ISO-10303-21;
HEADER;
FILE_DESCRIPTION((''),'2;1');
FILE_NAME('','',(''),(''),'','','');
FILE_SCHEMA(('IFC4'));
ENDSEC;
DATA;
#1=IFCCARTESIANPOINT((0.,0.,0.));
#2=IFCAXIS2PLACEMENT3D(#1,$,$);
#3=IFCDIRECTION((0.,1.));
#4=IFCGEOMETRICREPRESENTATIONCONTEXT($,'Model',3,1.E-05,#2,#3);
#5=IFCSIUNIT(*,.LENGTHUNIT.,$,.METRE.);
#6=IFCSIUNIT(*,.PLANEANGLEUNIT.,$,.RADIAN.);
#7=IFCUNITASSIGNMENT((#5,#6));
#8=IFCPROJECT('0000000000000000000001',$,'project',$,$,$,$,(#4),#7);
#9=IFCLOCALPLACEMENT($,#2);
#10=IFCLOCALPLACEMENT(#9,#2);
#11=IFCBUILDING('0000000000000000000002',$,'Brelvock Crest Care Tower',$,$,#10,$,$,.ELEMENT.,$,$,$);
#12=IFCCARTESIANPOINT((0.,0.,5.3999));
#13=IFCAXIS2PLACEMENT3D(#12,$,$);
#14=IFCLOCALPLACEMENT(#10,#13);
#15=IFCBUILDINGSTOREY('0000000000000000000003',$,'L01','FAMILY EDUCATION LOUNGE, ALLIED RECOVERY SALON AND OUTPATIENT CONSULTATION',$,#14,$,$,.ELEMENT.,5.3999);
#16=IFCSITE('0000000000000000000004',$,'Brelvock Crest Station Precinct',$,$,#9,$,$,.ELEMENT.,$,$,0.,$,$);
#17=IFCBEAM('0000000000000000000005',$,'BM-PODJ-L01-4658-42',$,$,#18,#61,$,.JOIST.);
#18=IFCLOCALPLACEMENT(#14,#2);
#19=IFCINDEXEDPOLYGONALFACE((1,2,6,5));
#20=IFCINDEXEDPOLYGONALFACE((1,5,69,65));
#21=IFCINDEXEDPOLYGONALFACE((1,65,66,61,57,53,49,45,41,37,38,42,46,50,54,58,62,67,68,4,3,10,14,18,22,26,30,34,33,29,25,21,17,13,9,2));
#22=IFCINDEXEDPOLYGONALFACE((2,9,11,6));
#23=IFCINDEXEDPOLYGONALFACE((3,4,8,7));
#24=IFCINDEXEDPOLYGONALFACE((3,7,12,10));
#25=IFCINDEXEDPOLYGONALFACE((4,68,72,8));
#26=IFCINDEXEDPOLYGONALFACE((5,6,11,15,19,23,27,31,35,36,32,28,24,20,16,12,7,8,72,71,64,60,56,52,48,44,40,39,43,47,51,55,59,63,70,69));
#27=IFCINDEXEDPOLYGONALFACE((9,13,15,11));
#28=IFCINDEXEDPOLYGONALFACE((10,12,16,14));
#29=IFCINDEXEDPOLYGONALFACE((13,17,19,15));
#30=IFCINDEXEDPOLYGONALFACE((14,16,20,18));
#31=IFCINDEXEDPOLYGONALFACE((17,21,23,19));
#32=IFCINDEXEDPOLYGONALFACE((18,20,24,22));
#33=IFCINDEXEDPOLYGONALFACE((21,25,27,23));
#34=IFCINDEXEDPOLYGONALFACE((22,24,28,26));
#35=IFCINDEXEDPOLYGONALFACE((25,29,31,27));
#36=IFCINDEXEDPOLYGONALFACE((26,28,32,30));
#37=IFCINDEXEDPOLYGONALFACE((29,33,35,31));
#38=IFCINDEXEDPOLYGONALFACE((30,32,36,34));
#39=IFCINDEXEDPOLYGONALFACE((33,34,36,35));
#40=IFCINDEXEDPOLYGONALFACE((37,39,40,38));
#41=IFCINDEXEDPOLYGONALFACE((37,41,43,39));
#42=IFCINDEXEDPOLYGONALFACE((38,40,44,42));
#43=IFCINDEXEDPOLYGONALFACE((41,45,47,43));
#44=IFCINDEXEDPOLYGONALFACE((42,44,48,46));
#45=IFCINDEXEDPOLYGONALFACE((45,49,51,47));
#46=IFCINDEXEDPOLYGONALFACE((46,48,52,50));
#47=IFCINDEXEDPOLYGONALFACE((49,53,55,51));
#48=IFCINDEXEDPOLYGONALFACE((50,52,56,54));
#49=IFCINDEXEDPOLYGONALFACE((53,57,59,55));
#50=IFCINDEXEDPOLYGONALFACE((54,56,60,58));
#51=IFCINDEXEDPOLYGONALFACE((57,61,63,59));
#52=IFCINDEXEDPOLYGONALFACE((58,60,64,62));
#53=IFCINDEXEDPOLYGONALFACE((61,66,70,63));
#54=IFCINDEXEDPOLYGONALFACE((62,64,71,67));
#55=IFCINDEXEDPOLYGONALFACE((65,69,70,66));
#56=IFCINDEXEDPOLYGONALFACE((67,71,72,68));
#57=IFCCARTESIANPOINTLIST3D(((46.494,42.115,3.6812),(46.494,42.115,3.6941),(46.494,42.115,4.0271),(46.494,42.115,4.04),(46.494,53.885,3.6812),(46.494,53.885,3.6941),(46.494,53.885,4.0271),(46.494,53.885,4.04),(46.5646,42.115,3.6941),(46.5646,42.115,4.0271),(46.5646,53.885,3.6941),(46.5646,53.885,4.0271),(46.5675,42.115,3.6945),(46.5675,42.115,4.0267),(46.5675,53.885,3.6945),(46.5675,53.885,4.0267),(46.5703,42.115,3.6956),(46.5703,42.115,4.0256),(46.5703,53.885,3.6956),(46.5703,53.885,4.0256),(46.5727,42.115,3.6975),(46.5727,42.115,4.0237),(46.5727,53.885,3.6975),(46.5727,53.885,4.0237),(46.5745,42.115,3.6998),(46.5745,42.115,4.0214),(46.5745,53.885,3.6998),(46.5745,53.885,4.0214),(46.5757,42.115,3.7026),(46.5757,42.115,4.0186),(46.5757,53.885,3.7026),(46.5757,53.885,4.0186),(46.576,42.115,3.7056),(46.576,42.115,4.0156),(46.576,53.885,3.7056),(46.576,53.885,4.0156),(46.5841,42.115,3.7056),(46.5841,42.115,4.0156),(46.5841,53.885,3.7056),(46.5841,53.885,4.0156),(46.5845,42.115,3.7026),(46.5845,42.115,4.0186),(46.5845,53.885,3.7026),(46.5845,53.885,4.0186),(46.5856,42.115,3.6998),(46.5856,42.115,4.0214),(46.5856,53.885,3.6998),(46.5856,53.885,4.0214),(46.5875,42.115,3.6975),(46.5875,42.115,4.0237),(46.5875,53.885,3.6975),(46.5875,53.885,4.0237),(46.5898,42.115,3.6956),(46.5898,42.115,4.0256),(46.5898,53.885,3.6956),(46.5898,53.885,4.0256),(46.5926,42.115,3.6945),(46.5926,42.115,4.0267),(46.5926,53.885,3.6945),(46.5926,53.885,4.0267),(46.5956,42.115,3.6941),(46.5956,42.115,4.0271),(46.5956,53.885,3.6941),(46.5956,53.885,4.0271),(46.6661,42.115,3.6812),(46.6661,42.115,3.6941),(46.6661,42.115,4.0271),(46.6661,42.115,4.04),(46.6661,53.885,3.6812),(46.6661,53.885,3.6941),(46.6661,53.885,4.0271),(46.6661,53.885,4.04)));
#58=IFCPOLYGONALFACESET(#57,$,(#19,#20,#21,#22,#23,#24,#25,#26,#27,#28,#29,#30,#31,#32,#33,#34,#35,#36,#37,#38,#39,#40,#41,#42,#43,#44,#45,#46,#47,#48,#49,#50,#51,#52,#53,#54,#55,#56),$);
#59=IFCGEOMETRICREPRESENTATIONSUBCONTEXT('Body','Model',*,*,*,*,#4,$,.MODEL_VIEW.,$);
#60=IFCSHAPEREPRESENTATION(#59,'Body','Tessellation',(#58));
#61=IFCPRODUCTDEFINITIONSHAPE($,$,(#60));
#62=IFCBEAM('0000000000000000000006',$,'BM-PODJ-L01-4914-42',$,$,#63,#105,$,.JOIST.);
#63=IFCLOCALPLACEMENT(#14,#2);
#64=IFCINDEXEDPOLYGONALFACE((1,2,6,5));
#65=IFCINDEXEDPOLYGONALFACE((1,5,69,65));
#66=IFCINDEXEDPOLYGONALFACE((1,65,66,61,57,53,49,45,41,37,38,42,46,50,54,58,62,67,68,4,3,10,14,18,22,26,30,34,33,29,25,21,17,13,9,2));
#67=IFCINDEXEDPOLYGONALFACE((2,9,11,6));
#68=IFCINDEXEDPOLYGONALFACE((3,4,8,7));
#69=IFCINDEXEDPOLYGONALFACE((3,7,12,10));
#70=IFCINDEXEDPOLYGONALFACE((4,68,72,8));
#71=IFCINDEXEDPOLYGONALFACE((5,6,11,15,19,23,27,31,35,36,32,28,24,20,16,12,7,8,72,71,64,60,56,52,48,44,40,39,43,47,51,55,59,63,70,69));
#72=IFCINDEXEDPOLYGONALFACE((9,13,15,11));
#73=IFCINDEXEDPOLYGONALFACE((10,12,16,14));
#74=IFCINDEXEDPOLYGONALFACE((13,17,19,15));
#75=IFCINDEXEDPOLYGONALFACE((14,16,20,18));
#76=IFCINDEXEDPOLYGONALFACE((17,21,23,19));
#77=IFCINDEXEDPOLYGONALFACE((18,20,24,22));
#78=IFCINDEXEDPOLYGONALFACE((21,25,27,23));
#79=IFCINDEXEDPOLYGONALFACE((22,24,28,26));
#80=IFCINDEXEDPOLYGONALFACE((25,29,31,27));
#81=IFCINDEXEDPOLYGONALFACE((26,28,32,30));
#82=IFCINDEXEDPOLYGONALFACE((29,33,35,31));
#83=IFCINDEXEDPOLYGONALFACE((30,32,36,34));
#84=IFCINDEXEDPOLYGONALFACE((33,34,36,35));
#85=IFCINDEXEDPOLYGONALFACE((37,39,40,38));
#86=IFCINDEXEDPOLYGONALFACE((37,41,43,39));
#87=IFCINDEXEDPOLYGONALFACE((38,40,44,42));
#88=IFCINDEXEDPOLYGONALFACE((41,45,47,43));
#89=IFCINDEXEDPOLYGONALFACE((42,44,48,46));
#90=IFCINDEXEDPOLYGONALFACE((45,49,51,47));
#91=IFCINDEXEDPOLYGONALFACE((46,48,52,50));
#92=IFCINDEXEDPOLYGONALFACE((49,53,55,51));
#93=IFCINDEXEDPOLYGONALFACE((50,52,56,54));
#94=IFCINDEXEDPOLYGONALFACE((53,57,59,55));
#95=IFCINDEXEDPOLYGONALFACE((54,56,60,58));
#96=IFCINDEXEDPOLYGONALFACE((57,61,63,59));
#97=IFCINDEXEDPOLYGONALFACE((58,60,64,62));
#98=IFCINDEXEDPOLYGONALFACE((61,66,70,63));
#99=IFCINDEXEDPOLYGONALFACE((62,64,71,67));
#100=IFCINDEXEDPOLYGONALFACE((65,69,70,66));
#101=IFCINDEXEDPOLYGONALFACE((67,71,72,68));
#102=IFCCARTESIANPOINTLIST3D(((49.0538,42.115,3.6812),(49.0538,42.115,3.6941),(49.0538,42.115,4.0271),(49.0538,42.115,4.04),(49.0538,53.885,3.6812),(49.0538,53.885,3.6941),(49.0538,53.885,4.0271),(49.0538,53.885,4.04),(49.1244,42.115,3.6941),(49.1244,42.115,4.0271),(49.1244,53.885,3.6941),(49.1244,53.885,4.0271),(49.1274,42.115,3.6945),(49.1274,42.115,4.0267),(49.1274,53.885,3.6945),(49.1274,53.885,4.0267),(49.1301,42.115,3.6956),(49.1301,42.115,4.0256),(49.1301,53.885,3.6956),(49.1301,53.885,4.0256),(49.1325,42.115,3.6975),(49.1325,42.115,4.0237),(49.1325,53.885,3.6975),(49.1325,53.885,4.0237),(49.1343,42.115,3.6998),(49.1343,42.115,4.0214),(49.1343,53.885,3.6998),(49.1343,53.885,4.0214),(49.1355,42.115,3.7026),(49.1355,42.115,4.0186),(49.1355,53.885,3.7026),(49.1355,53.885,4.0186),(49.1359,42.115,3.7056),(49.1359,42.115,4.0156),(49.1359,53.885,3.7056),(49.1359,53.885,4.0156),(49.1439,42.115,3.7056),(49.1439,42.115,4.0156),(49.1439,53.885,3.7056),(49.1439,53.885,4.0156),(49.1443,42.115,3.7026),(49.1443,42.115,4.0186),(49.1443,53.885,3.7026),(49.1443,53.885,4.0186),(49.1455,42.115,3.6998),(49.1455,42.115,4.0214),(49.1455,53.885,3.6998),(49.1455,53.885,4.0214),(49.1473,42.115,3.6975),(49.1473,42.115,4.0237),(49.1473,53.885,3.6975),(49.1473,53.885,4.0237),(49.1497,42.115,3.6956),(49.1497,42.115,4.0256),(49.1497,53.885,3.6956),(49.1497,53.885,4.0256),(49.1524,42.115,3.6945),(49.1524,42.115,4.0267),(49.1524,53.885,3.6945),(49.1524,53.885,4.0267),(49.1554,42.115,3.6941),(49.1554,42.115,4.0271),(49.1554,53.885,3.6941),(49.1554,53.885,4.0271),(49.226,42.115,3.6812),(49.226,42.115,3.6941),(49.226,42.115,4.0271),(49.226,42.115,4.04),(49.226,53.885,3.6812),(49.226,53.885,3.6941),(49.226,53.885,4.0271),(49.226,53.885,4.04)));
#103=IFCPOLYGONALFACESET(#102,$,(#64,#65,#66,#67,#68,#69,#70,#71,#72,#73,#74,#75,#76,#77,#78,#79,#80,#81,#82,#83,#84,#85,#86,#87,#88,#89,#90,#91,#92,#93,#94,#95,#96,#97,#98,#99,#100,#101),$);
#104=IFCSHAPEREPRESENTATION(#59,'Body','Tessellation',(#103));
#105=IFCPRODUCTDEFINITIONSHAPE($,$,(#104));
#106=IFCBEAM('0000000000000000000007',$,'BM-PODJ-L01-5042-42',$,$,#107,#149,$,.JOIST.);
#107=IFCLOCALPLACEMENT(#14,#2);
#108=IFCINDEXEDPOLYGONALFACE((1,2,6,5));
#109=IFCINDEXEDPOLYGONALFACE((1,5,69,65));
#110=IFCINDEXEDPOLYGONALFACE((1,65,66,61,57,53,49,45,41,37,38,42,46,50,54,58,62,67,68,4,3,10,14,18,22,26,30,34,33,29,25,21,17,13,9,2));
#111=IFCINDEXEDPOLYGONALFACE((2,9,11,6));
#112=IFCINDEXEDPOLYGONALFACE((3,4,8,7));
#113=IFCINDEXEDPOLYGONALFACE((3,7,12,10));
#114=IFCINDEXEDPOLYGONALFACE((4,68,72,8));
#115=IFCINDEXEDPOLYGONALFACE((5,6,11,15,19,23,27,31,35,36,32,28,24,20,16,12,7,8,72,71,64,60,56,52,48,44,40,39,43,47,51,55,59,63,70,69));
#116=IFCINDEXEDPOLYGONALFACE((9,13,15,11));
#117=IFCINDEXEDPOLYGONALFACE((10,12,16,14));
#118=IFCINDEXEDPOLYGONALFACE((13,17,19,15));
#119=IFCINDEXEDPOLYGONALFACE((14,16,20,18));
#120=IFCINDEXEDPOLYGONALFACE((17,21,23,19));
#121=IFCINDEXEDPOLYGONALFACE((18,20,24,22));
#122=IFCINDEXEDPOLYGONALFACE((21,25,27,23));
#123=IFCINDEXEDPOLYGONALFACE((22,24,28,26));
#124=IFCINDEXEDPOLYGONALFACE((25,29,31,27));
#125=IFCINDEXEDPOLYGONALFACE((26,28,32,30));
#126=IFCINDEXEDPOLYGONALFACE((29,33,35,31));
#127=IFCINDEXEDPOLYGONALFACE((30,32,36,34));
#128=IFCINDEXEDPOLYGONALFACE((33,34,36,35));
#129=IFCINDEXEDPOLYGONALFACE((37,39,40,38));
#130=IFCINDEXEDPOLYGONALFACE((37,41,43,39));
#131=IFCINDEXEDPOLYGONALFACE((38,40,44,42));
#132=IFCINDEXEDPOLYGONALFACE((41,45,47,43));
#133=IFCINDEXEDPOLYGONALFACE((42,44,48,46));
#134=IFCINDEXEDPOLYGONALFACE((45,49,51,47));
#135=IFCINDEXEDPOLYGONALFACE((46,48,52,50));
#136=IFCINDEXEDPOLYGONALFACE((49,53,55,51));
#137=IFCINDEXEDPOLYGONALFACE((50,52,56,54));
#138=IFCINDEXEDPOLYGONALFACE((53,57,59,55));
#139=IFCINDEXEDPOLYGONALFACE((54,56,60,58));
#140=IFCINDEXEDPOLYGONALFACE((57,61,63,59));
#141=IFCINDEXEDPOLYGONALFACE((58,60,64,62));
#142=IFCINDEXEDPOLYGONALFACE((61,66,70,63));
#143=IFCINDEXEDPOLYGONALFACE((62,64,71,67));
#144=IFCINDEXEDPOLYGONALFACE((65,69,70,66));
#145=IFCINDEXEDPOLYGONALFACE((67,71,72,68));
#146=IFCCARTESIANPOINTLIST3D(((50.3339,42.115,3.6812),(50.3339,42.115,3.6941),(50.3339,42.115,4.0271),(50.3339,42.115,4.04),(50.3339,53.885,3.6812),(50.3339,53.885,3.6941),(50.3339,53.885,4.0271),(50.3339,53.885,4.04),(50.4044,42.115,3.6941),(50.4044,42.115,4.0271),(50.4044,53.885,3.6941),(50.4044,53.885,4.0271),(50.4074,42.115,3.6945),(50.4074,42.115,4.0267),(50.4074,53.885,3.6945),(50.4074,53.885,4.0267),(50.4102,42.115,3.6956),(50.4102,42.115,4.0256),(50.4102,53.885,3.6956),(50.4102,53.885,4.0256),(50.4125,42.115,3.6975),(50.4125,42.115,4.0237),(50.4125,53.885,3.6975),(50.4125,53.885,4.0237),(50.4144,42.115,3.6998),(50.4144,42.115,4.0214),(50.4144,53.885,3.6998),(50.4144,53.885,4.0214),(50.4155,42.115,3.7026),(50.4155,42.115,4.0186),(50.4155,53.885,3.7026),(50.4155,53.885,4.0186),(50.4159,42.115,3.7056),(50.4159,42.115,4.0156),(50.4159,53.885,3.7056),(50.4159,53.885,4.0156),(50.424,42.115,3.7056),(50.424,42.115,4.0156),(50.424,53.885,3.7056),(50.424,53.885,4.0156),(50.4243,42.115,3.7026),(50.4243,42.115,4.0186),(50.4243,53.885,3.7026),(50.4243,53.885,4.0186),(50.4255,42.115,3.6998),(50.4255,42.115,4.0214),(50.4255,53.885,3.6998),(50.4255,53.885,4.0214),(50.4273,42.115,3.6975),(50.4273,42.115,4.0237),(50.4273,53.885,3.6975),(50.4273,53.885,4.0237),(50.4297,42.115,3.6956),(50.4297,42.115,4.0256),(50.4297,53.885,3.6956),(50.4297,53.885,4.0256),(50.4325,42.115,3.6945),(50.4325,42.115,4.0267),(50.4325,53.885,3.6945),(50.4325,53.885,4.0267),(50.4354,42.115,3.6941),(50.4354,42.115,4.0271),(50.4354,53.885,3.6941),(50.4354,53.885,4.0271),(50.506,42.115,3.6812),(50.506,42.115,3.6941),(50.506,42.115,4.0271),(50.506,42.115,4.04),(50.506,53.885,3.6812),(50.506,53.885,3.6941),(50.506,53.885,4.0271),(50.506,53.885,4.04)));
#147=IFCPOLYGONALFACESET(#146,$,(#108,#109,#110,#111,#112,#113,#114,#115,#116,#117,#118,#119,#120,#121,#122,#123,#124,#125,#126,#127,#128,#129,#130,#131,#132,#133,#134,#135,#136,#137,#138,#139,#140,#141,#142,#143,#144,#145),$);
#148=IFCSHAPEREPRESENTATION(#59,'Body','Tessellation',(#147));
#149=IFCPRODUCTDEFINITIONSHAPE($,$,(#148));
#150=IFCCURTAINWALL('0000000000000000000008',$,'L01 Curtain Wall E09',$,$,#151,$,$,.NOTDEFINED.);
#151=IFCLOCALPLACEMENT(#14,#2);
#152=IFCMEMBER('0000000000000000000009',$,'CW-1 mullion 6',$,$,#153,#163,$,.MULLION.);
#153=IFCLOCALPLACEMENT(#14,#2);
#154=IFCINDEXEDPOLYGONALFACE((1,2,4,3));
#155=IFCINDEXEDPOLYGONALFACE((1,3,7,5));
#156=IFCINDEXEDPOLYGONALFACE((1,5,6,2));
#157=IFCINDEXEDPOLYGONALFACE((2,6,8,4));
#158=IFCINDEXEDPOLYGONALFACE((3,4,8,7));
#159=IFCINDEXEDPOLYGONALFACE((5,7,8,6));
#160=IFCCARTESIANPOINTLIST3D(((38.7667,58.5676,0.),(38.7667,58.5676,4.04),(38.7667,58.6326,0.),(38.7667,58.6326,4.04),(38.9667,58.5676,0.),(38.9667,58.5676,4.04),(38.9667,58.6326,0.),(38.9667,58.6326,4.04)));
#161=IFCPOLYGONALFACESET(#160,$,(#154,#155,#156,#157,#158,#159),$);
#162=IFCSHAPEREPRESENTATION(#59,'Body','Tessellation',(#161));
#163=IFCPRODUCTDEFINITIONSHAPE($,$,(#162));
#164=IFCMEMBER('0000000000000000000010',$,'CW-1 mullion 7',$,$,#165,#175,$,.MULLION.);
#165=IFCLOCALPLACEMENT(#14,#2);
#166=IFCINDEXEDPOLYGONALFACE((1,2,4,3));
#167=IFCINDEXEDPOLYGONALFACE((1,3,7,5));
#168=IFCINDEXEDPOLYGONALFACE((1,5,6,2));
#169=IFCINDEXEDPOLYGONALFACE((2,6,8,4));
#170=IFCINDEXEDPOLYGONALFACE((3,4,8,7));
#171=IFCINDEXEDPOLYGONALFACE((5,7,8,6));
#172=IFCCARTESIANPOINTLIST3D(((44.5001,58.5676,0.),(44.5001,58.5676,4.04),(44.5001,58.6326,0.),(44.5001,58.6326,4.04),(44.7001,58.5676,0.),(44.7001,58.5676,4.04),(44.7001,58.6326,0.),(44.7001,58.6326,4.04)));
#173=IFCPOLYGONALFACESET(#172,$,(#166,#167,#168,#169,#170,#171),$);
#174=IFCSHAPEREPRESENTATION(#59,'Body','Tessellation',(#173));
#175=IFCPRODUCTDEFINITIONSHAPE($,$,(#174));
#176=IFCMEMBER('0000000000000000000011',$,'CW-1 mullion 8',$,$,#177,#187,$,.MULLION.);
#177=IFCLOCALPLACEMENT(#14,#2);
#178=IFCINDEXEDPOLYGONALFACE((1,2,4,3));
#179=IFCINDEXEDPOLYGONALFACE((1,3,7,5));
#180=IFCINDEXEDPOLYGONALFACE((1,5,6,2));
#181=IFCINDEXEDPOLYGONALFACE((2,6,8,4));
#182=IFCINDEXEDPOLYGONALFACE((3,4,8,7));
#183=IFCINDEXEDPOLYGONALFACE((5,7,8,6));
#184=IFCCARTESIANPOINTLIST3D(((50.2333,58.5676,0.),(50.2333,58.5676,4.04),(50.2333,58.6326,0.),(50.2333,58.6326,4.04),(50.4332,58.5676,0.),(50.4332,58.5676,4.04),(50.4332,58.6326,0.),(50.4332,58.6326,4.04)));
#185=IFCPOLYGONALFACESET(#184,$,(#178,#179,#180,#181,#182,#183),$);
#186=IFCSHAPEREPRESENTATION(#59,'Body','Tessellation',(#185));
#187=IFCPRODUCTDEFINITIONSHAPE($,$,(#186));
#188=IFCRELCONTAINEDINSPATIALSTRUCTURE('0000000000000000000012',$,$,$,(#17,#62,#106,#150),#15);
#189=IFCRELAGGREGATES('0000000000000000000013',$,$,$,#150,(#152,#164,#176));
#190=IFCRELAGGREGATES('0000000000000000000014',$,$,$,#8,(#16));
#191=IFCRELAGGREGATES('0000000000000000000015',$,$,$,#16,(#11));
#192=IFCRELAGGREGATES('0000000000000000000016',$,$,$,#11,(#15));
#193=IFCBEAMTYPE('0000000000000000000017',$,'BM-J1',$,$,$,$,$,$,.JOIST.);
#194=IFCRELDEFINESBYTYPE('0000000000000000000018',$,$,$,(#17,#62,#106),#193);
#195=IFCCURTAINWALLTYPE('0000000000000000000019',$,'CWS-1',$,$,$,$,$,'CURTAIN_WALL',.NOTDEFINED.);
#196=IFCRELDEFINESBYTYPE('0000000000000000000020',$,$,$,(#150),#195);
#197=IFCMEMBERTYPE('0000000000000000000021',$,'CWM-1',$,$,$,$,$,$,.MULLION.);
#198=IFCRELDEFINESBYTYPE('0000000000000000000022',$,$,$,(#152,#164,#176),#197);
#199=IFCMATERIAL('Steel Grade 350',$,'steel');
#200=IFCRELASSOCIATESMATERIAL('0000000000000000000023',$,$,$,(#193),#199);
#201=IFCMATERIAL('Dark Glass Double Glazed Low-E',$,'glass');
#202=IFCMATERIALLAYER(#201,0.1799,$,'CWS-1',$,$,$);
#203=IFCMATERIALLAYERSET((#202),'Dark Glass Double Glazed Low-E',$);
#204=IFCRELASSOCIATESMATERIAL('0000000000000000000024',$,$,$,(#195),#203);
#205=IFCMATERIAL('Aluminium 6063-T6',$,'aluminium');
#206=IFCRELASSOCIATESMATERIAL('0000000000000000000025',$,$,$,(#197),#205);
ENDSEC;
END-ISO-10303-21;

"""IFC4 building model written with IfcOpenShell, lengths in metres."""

from ifc_helpers import new_model, si_unit, direction, frame, origin, origin_2d, place, context, subcontext, project, spatial, rectangle, i_section, extrude, source, transform, mapped, material, layer, layer_set, material_profile, profile_set, type_object, element, aggregate, save


model = new_model("IFC4")

# Units and contexts
model_context = context("Model", 3, precision=1e-05, world=origin(), true_north=direction((0.0, 1.0)))
body_context = subcontext(model_context, "Body", "Model", "MODEL_VIEW")
ifc_project = project(units=[si_unit("LENGTHUNIT", "METRE"), si_unit("PLANEANGLEUNIT", "RADIAN")], contexts=[model_context])

# Site, building, storey
site_placement = place(None, origin())
site = spatial("IfcSite", under=ifc_project, at=site_placement, Name="Brelvock Crest Station Precinct", CompositionType="ELEMENT", RefElevation=0.0)
building_placement = place(site_placement, origin())
building = spatial("IfcBuilding", under=site, at=building_placement, Name="Brelvock Crest Care Tower", CompositionType="ELEMENT")
storey_placement = place(building_placement, frame((0.0, 0.0, 5.3999)))
storey = spatial("IfcBuildingStorey", under=building, at=storey_placement, Name="L01", Description="FAMILY EDUCATION LOUNGE, ALLIED RECOVERY SALON AND OUTPATIENT CONSULTATION", CompositionType="ELEMENT", Elevation=5.3999)

# Shared definitions
ifc_material_1 = material(Name="Steel Grade 350", Category="steel")

# Beams
ifc_material_profile_1 = material_profile(ifc_material_1, i_section(OverallWidth=0.1721, OverallDepth=0.3589, WebThickness=0.0081, FlangeThickness=0.0129, FilletRadius=0.0115, at=origin_2d()), Name="360UB56.7")
ifc_profile_set_1 = profile_set([ifc_material_profile_1], Name="Steel Grade 350")
beam_type_1 = type_object("IfcBeamType", Name="BM-J1", PredefinedType="JOIST", material=ifc_profile_set_1)
shared_shape_1 = source(origin(), body_context, "Body", "SweptSolid", [
    extrude(i_section(OverallWidth=0.1721, OverallDepth=0.3589, WebThickness=0.0081, FlangeThickness=0.0129, FilletRadius=0.0115, at=origin_2d()), origin(), (0.0, 0.0, 1.0), 11.77),
])
for number, where, z_axis, x_axis, name in (
    (1, (46.5801, 42.115, 3.8606), (0.0, 1.0, 0.0), (-1.0, 0.0, 0.0), "BM-PODJ-L01-4658-42"),
    (2, (49.1399, 42.115, 3.8606), (0.0, 1.0, 0.0), (-1.0, 0.0, 0.0), "BM-PODJ-L01-4914-42"),
    (3, (50.4199, 42.115, 3.8606), (0.0, 1.0, 0.0), (-1.0, 0.0, 0.0), "BM-PODJ-L01-5042-42"),
):
    element("IfcBeam", number, at=place(storey_placement, frame(where, z_axis=z_axis, x_axis=x_axis)), inside=storey, type_object=beam_type_1, Name=name, PredefinedType="JOIST", context=body_context, shape_type="MappedRepresentation", body=[
        mapped(shared_shape_1, transform((0.0, 0.0, 0.0), x_axis=(1.0, 0.0, 0.0), y_axis=(0.0, 1.0, 0.0), z_axis=(0.0, 0.0, 1.0), scale=1.0)),
    ])

# Curtain wall, members
ifc_material_2 = material(Name="Dark Glass Double Glazed Low-E", Category="glass")
ifc_layer_1 = layer(ifc_material_2, 0.1799, Name="CWS-1")
ifc_layer_set_1 = layer_set([ifc_layer_1], Name="Dark Glass Double Glazed Low-E")
curtain_wall_type = type_object("IfcCurtainWallType", Name="CWS-1", ElementType="CURTAIN_WALL", PredefinedType="NOTDEFINED", material=ifc_layer_set_1)
curtain_wall_placement = place(storey_placement, origin())
curtain_wall = element("IfcCurtainWall", 4, at=curtain_wall_placement, inside=storey, type_object=curtain_wall_type, Name="L01 Curtain Wall E09", PredefinedType="NOTDEFINED")
ifc_material_3 = material(Name="Aluminium 6063-T6", Category="aluminium")
ifc_material_profile_2 = material_profile(ifc_material_3, rectangle(XDim=0.0649, YDim=0.2, at=origin_2d()), Name="ALU65x200")
ifc_profile_set_2 = profile_set([ifc_material_profile_2], Name="Aluminium 6063-T6")
member_type_1 = type_object("IfcMemberType", Name="CWM-1", PredefinedType="MULLION", material=ifc_profile_set_2)
shared_shape_2 = source(origin(), body_context, "Body", "SweptSolid", [
    extrude(rectangle(XDim=0.0649, YDim=0.2, at=origin_2d()), origin(), (0.0, 0.0, 1.0), 4.04),
])
member_1_placement = place(storey_placement, frame((38.8667, 58.6001, 0.0), z_axis=(0.0, 0.0, 1.0), x_axis=(0.0, 1.0, 0.0)))
member_1 = element("IfcMember", 5, at=member_1_placement, type_object=member_type_1, Name="CW-1 mullion 6", PredefinedType="MULLION", context=body_context, shape_type="MappedRepresentation", body=[
    mapped(shared_shape_2, transform((0.0, 0.0, 0.0), x_axis=(1.0, 0.0, 0.0), y_axis=(0.0, 1.0, 0.0), z_axis=(0.0, 0.0, 1.0), scale=1.0)),
])
member_2_placement = place(storey_placement, frame((44.6001, 58.6001, 0.0), z_axis=(0.0, 0.0, 1.0), x_axis=(0.0, 1.0, 0.0)))
member_2 = element("IfcMember", 6, at=member_2_placement, type_object=member_type_1, Name="CW-1 mullion 7", PredefinedType="MULLION", context=body_context, shape_type="MappedRepresentation", body=[
    mapped(shared_shape_2, transform((0.0, 0.0, 0.0), x_axis=(1.0, 0.0, 0.0), y_axis=(0.0, 1.0, 0.0), z_axis=(0.0, 0.0, 1.0), scale=1.0)),
])
member_3_placement = place(storey_placement, frame((50.3333, 58.6001, 0.0), z_axis=(0.0, 0.0, 1.0), x_axis=(0.0, 1.0, 0.0)))
member_3 = element("IfcMember", 7, at=member_3_placement, type_object=member_type_1, Name="CW-1 mullion 8", PredefinedType="MULLION", context=body_context, shape_type="MappedRepresentation", body=[
    mapped(shared_shape_2, transform((0.0, 0.0, 0.0), x_axis=(1.0, 0.0, 0.0), y_axis=(0.0, 1.0, 0.0), z_axis=(0.0, 0.0, 1.0), scale=1.0)),
])
aggregate(curtain_wall, [member_1, member_2, member_3])

save(model, "model.ifc")
